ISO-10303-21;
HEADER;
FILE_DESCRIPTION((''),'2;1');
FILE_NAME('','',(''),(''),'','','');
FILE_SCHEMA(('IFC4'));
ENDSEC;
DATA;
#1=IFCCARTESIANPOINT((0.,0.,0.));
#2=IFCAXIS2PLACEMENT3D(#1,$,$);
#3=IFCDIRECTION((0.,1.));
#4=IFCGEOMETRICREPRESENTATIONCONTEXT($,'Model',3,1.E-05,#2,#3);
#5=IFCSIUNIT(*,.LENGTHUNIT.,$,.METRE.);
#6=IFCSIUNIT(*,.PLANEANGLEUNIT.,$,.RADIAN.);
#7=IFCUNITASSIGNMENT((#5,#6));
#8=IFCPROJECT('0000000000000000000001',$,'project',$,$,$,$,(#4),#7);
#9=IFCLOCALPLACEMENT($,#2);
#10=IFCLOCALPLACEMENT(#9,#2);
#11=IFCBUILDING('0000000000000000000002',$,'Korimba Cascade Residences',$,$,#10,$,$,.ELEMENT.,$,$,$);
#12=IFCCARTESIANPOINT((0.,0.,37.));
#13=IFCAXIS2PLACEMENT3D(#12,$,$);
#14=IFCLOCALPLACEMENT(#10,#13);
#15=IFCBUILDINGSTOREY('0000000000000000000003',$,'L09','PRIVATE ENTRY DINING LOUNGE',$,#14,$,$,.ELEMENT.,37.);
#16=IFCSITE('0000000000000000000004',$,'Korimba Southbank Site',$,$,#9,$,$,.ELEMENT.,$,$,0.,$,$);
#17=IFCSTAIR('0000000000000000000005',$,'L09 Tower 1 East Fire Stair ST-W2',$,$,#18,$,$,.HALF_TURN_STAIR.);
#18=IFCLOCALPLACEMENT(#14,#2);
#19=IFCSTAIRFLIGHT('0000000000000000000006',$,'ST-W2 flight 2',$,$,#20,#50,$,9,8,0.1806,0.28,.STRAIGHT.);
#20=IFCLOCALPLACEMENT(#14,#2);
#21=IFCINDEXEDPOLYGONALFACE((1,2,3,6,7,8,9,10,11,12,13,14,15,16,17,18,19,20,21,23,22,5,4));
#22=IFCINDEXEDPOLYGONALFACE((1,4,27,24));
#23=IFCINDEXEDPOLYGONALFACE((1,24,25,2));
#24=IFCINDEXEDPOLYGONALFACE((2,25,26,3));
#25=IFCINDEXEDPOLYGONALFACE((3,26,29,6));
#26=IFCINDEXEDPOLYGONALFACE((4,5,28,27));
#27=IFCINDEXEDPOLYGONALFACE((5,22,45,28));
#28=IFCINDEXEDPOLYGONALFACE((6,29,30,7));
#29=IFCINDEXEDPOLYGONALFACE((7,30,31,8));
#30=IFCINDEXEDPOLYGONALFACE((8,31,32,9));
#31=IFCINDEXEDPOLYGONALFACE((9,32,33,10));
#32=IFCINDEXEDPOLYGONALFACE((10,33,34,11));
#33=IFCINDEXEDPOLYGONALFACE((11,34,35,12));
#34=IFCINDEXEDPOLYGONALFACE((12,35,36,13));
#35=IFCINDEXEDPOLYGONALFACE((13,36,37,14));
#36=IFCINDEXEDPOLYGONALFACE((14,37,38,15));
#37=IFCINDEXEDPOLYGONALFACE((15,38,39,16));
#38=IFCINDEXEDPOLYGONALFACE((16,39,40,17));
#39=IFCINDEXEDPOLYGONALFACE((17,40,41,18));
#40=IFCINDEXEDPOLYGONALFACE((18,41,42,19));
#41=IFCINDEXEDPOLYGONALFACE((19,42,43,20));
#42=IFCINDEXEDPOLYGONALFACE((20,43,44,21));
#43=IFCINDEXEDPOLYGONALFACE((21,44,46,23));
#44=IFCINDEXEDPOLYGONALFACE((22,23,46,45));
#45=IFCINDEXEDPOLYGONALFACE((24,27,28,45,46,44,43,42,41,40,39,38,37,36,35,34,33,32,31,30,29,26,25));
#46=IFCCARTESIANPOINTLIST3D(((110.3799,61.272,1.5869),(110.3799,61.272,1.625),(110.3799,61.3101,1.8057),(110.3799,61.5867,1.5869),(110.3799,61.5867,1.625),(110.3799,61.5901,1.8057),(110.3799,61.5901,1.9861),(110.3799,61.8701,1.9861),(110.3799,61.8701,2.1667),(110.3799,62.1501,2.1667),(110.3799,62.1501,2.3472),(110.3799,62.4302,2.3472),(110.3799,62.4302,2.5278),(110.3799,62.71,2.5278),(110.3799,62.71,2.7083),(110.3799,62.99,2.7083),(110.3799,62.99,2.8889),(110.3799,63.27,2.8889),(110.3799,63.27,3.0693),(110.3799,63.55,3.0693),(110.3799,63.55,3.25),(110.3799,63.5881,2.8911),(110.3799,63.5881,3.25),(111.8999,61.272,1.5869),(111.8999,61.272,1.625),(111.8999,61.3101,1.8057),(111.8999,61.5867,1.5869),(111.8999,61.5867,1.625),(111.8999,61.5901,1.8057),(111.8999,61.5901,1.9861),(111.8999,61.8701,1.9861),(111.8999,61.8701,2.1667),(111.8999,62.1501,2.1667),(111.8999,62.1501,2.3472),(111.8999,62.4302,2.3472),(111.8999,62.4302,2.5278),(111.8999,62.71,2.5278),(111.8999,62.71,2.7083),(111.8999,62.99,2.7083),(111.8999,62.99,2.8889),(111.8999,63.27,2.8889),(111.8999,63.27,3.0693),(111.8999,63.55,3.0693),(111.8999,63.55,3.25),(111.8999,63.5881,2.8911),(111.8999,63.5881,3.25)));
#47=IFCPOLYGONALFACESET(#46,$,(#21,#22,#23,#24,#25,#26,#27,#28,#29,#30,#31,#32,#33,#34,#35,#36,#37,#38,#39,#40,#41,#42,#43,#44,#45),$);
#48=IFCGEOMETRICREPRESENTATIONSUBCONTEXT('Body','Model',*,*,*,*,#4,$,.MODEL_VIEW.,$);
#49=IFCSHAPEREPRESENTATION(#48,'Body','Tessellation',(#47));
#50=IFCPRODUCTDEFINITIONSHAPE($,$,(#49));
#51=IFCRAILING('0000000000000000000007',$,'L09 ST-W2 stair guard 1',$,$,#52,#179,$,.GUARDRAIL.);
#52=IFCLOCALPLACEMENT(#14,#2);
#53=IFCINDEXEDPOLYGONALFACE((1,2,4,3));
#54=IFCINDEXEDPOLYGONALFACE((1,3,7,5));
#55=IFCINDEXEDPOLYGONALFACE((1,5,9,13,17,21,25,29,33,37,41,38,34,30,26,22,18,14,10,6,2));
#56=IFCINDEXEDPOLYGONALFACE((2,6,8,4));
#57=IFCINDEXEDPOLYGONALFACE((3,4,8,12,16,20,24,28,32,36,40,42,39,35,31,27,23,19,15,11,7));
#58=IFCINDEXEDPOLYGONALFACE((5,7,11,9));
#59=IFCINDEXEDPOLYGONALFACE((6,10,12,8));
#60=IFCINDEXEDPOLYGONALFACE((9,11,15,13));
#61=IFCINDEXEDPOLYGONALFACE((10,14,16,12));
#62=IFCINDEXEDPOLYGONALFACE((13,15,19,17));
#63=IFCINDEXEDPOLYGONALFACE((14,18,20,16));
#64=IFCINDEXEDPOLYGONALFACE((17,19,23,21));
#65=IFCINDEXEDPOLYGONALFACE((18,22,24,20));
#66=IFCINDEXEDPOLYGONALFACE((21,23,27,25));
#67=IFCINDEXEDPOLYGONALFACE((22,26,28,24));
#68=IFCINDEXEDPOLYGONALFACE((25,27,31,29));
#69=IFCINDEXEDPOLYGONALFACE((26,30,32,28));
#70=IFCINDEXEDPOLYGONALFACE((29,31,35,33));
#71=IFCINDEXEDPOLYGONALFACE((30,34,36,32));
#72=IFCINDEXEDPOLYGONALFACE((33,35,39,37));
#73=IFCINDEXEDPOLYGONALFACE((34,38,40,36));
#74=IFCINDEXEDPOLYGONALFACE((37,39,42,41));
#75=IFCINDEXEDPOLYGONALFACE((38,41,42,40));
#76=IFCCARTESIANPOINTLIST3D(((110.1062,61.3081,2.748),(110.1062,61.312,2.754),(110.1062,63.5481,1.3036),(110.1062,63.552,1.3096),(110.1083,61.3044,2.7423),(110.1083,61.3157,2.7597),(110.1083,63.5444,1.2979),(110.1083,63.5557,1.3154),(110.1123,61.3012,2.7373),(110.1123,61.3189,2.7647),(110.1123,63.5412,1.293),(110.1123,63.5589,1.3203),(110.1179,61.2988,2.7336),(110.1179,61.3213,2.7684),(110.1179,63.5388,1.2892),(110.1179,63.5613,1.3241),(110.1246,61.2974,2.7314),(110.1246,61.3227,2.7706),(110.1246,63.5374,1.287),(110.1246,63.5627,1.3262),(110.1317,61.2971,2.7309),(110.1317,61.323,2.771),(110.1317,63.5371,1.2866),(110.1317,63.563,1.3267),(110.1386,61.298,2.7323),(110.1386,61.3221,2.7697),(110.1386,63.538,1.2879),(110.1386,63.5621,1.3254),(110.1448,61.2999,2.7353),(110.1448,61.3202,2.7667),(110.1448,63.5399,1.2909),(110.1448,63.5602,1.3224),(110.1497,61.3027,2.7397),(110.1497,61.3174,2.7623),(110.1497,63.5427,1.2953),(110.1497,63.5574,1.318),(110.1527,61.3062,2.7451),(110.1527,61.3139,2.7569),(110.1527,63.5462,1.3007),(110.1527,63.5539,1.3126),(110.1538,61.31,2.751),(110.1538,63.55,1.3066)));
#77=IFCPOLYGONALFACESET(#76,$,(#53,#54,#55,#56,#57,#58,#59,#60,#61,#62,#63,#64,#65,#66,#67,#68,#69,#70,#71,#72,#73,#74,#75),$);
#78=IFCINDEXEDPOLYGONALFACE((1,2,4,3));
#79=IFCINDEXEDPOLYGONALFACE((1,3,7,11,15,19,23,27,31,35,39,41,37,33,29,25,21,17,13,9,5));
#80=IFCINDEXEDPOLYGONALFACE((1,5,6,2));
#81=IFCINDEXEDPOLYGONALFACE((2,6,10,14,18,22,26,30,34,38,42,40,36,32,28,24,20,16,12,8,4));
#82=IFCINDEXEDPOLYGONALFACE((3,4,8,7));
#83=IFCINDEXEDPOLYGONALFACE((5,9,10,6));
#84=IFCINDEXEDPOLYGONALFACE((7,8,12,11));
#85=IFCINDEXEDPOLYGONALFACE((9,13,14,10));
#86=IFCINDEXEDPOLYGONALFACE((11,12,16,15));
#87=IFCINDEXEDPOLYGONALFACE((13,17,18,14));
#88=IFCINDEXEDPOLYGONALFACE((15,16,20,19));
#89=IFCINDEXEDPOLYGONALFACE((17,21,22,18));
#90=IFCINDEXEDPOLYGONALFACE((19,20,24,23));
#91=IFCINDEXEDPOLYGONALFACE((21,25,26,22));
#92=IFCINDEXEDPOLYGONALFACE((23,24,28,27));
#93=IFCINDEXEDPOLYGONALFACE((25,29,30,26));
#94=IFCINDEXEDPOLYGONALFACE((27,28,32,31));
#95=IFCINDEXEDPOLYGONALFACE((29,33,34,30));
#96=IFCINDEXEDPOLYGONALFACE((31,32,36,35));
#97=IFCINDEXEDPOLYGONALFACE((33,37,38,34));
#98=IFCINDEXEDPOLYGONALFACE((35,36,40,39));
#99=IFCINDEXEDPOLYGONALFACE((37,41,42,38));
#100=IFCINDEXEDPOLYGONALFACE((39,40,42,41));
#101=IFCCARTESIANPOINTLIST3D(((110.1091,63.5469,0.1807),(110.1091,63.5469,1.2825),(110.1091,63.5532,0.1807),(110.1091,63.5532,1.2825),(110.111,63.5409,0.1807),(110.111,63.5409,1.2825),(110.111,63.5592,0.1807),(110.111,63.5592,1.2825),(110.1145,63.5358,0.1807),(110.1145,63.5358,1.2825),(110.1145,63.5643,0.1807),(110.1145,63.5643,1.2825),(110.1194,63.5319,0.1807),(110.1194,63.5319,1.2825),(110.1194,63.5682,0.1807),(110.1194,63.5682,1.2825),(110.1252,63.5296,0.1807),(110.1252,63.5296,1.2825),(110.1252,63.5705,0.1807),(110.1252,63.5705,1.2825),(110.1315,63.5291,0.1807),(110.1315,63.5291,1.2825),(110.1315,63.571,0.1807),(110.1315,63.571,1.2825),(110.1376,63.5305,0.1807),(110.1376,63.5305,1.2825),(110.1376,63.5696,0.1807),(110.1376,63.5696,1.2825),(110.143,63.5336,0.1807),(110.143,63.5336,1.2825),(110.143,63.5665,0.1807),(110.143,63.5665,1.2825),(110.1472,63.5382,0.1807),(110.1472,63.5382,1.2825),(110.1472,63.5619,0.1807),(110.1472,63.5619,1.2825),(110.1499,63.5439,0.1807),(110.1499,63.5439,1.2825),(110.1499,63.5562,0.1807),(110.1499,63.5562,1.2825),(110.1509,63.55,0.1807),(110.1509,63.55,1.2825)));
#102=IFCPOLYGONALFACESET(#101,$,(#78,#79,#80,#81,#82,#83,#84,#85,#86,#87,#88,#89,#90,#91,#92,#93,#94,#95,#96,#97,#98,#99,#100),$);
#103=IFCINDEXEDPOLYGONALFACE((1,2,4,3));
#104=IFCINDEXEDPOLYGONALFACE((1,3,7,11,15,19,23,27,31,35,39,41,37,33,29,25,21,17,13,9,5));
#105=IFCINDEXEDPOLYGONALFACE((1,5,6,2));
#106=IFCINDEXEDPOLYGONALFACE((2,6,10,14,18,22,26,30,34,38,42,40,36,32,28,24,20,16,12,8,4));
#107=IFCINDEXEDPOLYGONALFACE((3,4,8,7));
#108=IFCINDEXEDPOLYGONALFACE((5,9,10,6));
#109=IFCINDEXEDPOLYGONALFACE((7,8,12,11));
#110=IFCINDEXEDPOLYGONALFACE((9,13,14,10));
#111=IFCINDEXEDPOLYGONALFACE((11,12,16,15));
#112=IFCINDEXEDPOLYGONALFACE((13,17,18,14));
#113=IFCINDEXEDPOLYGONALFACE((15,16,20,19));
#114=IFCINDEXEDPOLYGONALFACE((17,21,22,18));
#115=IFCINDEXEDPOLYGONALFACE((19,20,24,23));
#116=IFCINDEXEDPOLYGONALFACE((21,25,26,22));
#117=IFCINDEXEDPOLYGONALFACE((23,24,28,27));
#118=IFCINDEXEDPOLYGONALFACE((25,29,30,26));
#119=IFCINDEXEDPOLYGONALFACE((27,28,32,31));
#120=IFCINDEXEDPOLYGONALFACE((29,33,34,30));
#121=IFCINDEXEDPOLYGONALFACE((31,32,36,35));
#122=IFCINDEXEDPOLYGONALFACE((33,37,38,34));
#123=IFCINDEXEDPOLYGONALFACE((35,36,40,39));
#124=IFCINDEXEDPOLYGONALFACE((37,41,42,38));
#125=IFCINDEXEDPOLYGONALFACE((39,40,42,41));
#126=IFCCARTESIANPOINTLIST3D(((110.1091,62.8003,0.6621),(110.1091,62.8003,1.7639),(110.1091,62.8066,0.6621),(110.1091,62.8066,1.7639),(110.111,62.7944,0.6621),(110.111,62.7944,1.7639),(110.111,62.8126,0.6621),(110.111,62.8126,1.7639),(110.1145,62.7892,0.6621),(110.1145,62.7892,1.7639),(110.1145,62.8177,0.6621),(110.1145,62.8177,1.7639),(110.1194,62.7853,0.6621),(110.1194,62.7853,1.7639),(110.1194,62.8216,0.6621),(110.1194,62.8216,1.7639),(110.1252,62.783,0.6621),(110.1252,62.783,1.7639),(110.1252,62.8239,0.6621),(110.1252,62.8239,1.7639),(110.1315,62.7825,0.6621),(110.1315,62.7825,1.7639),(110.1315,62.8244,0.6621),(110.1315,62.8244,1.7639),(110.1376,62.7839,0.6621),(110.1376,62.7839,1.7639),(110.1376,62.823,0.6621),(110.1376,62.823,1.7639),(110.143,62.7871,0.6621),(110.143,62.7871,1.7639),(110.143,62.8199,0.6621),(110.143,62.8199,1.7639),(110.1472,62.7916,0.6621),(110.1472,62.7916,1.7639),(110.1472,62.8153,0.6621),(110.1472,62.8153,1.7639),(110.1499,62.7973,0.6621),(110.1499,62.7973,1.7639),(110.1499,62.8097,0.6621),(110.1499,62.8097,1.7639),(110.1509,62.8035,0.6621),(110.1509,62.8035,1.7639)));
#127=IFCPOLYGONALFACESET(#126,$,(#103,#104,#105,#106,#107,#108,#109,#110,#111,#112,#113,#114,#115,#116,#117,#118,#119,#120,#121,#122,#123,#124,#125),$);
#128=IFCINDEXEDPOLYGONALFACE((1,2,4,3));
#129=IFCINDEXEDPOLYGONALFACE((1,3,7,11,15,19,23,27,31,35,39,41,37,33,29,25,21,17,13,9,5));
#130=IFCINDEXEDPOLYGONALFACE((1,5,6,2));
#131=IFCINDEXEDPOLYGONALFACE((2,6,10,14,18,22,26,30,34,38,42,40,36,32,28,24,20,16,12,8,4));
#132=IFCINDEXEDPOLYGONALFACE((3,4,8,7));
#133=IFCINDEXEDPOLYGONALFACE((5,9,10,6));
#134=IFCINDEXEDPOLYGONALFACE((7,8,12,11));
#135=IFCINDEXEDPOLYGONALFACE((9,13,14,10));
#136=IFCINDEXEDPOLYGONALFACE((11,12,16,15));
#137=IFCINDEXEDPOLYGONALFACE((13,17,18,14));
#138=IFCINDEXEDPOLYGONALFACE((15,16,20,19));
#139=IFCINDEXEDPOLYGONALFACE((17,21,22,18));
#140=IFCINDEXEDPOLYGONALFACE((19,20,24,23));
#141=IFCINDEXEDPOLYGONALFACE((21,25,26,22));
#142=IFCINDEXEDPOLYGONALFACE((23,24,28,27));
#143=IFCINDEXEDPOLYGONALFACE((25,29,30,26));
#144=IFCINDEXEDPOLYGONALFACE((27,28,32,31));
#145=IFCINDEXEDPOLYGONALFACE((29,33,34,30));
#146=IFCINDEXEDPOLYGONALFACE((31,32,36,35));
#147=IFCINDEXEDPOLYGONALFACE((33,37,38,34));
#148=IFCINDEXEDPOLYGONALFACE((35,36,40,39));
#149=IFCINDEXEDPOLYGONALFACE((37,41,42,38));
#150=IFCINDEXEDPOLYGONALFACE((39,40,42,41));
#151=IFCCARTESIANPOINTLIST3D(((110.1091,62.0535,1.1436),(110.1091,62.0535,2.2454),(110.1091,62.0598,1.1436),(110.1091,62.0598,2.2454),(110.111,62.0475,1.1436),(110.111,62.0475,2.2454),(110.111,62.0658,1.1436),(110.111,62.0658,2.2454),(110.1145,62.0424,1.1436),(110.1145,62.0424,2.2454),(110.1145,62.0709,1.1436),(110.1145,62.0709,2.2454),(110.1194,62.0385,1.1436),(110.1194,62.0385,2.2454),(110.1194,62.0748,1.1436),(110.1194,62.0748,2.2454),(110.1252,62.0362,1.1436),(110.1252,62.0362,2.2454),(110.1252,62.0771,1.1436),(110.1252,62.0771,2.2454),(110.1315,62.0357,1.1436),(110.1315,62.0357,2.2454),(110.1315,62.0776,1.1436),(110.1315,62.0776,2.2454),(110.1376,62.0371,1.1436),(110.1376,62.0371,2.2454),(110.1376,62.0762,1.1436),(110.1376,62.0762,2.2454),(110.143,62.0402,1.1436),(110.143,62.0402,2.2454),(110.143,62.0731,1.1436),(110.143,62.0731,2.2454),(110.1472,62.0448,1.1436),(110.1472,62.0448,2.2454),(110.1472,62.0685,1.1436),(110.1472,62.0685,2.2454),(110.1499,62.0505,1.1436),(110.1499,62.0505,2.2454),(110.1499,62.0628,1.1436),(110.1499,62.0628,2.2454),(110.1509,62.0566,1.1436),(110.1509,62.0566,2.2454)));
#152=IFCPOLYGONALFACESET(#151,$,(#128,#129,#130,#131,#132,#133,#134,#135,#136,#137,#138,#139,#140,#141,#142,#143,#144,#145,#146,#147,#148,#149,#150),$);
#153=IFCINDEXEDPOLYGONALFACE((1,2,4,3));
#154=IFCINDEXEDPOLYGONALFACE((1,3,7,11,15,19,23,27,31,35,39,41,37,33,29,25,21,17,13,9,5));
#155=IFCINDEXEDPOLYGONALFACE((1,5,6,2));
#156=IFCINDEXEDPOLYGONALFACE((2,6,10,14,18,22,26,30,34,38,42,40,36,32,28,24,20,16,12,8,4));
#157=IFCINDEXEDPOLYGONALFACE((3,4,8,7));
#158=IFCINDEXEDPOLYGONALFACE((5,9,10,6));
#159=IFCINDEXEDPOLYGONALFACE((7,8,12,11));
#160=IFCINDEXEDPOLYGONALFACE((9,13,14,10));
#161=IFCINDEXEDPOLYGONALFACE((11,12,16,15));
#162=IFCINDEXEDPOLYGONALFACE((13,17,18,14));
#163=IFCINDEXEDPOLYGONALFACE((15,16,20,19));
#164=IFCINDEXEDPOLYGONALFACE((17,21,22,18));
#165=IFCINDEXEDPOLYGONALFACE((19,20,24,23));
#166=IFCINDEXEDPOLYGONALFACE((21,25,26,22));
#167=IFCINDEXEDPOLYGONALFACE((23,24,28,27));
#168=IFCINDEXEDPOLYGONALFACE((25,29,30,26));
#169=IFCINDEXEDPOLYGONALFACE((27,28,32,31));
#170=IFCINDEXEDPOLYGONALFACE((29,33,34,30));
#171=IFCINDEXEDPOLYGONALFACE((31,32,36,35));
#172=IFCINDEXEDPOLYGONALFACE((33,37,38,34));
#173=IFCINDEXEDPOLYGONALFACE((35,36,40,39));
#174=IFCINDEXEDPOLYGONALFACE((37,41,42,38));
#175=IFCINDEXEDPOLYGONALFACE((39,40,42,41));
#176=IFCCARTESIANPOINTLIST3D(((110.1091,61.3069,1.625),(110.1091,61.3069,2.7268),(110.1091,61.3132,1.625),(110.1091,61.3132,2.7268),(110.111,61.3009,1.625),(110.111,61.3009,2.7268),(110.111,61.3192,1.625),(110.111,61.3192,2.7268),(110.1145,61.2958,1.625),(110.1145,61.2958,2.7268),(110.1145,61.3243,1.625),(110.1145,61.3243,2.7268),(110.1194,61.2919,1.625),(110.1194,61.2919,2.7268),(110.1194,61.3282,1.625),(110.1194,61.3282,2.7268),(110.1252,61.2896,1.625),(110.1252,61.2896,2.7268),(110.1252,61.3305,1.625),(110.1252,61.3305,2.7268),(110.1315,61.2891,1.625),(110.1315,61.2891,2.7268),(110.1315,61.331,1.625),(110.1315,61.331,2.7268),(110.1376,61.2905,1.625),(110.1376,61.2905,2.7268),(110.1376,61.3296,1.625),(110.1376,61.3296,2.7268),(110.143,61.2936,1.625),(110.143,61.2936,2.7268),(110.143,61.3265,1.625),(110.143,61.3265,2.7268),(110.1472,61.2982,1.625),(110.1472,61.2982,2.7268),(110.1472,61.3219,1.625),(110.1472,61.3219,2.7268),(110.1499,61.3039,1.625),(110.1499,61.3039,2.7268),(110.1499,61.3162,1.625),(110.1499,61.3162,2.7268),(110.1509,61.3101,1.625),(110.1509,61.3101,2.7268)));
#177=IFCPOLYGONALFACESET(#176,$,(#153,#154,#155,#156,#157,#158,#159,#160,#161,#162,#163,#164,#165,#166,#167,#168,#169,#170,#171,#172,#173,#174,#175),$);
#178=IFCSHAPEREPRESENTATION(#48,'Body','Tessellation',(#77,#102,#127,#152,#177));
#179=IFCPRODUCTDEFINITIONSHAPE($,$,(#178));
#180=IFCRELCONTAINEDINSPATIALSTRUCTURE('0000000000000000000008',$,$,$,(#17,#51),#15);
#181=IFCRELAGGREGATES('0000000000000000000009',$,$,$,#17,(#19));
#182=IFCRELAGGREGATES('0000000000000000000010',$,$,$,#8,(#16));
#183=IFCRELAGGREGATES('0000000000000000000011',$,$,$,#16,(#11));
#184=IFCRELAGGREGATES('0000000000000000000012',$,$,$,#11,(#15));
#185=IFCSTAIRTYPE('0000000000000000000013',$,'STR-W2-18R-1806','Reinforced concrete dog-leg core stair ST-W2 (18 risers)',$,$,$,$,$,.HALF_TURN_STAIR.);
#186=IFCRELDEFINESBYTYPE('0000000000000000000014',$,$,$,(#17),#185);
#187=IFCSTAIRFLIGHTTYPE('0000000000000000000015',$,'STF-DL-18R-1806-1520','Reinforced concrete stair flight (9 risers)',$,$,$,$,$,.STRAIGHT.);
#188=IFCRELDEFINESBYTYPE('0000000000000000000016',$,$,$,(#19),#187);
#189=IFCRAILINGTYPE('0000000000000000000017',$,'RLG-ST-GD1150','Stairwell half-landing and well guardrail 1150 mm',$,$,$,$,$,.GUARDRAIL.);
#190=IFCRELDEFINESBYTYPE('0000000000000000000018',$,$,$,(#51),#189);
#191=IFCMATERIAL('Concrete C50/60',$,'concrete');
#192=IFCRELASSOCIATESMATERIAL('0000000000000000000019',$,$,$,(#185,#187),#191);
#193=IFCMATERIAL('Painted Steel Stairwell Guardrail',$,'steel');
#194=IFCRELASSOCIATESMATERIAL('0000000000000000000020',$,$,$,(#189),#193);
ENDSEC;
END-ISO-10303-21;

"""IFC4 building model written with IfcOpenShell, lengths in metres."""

from ifc_helpers import new_model, si_unit, direction, frame, origin, origin_2d, place, context, subcontext, project, spatial, polyline, circle, outline, extrude, material, type_object, element, aggregate, save


model = new_model("IFC4")

# Units and contexts
model_context = context("Model", 3, precision=1e-05, world=origin(), true_north=direction((0.0, 1.0)))
body_context = subcontext(model_context, "Body", "Model", "MODEL_VIEW")
ifc_project = project(units=[si_unit("LENGTHUNIT", "METRE"), si_unit("PLANEANGLEUNIT", "RADIAN")], contexts=[model_context])

# Site, building, storey
site_placement = place(None, origin())
site = spatial("IfcSite", under=ifc_project, at=site_placement, Name="Korimba Southbank Site", CompositionType="ELEMENT", RefElevation=0.0)
building_placement = place(site_placement, origin())
building = spatial("IfcBuilding", under=site, at=building_placement, Name="Korimba Cascade Residences", CompositionType="ELEMENT")
storey_placement = place(building_placement, frame((0.0, 0.0, 37.0)))
storey = spatial("IfcBuildingStorey", under=building, at=storey_placement, Name="L09", Description="PRIVATE ENTRY DINING LOUNGE", CompositionType="ELEMENT", Elevation=37.0)

# Shared definitions
ifc_material_1 = material(Name="Concrete C50/60", Category="concrete")

# Stair, stair flight
stair_type = type_object("IfcStairType", Name="STR-W2-18R-1806", Description="Reinforced concrete dog-leg core stair ST-W2 (18 risers)", PredefinedType="HALF_TURN_STAIR", material=ifc_material_1)
stair_placement = place(storey_placement, origin())
stair = element("IfcStair", 1, at=stair_placement, inside=storey, type_object=stair_type, Name="L09 Tower 1 East Fire Stair ST-W2", PredefinedType="HALF_TURN_STAIR")
stair_flight_type = type_object("IfcStairFlightType", Name="STF-DL-18R-1806-1520", Description="Reinforced concrete stair flight (9 risers)", PredefinedType="STRAIGHT", material=ifc_material_1)
stair_flight_1_placement = place(storey_placement, frame((111.1399, 61.3101, 1.625), z_axis=(0.0, 0.0, 1.0), x_axis=(0.0, 1.0, 0.0)))
stair_flight_1 = element("IfcStairFlight", 2, at=stair_flight_1_placement, type_object=stair_flight_type, Name="ST-W2 flight 2", NumberOfRisers=9, NumberOfTreads=8, PredefinedType="STRAIGHT", RiserHeight=0.1806, TreadLength=0.28, context=body_context, shape_type="SweptSolid", body=[
    extrude(outline(polyline([(-0.0381, 0.0), (0.0, 0.1807), (0.28, 0.1807), (0.28, 0.3611), (0.5601, 0.3611), (0.5601, 0.5417), (0.8401, 0.5417), (0.8401, 0.7222), (1.1201, 0.7222), (1.1201, 0.9028), (1.3999, 0.9028), (1.3999, 1.0833), (1.6799, 1.0833), (1.6799, 1.2639), (1.96, 1.2639), (1.96, 1.4443), (2.24, 1.4443), (2.24, 1.625), (2.2781, 1.625), (2.2781, 1.2661), (0.2766, 0.0), (0.2766, -0.0381), (-0.0381, -0.0381), (-0.0381, 0.0)])), frame((0.0, 0.76, 0.0), z_axis=(0.0, -1.0, 0.0), x_axis=(1.0, 0.0, 0.0)), (0.0, 0.0, 1.0), 1.52),
])
aggregate(stair, [stair_flight_1])

# Railing
ifc_material_2 = material(Name="Painted Steel Stairwell Guardrail", Category="steel")
railing_type_1 = type_object("IfcRailingType", Name="RLG-ST-GD1150", Description="Stairwell half-landing and well guardrail 1150 mm", PredefinedType="GUARDRAIL", material=ifc_material_2)
railing_1_placement = place(storey_placement, frame((110.1299, 63.55, 0.1807)))
element("IfcRailing", 3, at=railing_1_placement, inside=storey, type_object=railing_type_1, Name="L09 ST-W2 stair guard 1", PredefinedType="GUARDRAIL", context=body_context, shape_type="SweptSolid", body=[
    extrude(circle(Radius=0.0239, at=origin_2d()), frame((0.0, 0.0, 1.126), z_axis=(0.0, -0.840437, 0.54191), x_axis=(1.0, 0.0, 0.0)), (0.0, 0.0, 1.0), 2.6653),
    extrude(circle(Radius=0.021, at=origin_2d()), origin(), (0.0, 0.0, 1.0), 1.1018),
    extrude(circle(Radius=0.021, at=origin_2d()), frame((0.0, -0.7466, 0.4814)), (0.0, 0.0, 1.0), 1.1018),
    extrude(circle(Radius=0.021, at=origin_2d()), frame((0.0, -1.4934, 0.9629)), (0.0, 0.0, 1.0), 1.1018),
    extrude(circle(Radius=0.021, at=origin_2d()), frame((0.0, -2.24, 1.4443)), (0.0, 0.0, 1.0), 1.1018),
])

save(model, "model.ifc")
